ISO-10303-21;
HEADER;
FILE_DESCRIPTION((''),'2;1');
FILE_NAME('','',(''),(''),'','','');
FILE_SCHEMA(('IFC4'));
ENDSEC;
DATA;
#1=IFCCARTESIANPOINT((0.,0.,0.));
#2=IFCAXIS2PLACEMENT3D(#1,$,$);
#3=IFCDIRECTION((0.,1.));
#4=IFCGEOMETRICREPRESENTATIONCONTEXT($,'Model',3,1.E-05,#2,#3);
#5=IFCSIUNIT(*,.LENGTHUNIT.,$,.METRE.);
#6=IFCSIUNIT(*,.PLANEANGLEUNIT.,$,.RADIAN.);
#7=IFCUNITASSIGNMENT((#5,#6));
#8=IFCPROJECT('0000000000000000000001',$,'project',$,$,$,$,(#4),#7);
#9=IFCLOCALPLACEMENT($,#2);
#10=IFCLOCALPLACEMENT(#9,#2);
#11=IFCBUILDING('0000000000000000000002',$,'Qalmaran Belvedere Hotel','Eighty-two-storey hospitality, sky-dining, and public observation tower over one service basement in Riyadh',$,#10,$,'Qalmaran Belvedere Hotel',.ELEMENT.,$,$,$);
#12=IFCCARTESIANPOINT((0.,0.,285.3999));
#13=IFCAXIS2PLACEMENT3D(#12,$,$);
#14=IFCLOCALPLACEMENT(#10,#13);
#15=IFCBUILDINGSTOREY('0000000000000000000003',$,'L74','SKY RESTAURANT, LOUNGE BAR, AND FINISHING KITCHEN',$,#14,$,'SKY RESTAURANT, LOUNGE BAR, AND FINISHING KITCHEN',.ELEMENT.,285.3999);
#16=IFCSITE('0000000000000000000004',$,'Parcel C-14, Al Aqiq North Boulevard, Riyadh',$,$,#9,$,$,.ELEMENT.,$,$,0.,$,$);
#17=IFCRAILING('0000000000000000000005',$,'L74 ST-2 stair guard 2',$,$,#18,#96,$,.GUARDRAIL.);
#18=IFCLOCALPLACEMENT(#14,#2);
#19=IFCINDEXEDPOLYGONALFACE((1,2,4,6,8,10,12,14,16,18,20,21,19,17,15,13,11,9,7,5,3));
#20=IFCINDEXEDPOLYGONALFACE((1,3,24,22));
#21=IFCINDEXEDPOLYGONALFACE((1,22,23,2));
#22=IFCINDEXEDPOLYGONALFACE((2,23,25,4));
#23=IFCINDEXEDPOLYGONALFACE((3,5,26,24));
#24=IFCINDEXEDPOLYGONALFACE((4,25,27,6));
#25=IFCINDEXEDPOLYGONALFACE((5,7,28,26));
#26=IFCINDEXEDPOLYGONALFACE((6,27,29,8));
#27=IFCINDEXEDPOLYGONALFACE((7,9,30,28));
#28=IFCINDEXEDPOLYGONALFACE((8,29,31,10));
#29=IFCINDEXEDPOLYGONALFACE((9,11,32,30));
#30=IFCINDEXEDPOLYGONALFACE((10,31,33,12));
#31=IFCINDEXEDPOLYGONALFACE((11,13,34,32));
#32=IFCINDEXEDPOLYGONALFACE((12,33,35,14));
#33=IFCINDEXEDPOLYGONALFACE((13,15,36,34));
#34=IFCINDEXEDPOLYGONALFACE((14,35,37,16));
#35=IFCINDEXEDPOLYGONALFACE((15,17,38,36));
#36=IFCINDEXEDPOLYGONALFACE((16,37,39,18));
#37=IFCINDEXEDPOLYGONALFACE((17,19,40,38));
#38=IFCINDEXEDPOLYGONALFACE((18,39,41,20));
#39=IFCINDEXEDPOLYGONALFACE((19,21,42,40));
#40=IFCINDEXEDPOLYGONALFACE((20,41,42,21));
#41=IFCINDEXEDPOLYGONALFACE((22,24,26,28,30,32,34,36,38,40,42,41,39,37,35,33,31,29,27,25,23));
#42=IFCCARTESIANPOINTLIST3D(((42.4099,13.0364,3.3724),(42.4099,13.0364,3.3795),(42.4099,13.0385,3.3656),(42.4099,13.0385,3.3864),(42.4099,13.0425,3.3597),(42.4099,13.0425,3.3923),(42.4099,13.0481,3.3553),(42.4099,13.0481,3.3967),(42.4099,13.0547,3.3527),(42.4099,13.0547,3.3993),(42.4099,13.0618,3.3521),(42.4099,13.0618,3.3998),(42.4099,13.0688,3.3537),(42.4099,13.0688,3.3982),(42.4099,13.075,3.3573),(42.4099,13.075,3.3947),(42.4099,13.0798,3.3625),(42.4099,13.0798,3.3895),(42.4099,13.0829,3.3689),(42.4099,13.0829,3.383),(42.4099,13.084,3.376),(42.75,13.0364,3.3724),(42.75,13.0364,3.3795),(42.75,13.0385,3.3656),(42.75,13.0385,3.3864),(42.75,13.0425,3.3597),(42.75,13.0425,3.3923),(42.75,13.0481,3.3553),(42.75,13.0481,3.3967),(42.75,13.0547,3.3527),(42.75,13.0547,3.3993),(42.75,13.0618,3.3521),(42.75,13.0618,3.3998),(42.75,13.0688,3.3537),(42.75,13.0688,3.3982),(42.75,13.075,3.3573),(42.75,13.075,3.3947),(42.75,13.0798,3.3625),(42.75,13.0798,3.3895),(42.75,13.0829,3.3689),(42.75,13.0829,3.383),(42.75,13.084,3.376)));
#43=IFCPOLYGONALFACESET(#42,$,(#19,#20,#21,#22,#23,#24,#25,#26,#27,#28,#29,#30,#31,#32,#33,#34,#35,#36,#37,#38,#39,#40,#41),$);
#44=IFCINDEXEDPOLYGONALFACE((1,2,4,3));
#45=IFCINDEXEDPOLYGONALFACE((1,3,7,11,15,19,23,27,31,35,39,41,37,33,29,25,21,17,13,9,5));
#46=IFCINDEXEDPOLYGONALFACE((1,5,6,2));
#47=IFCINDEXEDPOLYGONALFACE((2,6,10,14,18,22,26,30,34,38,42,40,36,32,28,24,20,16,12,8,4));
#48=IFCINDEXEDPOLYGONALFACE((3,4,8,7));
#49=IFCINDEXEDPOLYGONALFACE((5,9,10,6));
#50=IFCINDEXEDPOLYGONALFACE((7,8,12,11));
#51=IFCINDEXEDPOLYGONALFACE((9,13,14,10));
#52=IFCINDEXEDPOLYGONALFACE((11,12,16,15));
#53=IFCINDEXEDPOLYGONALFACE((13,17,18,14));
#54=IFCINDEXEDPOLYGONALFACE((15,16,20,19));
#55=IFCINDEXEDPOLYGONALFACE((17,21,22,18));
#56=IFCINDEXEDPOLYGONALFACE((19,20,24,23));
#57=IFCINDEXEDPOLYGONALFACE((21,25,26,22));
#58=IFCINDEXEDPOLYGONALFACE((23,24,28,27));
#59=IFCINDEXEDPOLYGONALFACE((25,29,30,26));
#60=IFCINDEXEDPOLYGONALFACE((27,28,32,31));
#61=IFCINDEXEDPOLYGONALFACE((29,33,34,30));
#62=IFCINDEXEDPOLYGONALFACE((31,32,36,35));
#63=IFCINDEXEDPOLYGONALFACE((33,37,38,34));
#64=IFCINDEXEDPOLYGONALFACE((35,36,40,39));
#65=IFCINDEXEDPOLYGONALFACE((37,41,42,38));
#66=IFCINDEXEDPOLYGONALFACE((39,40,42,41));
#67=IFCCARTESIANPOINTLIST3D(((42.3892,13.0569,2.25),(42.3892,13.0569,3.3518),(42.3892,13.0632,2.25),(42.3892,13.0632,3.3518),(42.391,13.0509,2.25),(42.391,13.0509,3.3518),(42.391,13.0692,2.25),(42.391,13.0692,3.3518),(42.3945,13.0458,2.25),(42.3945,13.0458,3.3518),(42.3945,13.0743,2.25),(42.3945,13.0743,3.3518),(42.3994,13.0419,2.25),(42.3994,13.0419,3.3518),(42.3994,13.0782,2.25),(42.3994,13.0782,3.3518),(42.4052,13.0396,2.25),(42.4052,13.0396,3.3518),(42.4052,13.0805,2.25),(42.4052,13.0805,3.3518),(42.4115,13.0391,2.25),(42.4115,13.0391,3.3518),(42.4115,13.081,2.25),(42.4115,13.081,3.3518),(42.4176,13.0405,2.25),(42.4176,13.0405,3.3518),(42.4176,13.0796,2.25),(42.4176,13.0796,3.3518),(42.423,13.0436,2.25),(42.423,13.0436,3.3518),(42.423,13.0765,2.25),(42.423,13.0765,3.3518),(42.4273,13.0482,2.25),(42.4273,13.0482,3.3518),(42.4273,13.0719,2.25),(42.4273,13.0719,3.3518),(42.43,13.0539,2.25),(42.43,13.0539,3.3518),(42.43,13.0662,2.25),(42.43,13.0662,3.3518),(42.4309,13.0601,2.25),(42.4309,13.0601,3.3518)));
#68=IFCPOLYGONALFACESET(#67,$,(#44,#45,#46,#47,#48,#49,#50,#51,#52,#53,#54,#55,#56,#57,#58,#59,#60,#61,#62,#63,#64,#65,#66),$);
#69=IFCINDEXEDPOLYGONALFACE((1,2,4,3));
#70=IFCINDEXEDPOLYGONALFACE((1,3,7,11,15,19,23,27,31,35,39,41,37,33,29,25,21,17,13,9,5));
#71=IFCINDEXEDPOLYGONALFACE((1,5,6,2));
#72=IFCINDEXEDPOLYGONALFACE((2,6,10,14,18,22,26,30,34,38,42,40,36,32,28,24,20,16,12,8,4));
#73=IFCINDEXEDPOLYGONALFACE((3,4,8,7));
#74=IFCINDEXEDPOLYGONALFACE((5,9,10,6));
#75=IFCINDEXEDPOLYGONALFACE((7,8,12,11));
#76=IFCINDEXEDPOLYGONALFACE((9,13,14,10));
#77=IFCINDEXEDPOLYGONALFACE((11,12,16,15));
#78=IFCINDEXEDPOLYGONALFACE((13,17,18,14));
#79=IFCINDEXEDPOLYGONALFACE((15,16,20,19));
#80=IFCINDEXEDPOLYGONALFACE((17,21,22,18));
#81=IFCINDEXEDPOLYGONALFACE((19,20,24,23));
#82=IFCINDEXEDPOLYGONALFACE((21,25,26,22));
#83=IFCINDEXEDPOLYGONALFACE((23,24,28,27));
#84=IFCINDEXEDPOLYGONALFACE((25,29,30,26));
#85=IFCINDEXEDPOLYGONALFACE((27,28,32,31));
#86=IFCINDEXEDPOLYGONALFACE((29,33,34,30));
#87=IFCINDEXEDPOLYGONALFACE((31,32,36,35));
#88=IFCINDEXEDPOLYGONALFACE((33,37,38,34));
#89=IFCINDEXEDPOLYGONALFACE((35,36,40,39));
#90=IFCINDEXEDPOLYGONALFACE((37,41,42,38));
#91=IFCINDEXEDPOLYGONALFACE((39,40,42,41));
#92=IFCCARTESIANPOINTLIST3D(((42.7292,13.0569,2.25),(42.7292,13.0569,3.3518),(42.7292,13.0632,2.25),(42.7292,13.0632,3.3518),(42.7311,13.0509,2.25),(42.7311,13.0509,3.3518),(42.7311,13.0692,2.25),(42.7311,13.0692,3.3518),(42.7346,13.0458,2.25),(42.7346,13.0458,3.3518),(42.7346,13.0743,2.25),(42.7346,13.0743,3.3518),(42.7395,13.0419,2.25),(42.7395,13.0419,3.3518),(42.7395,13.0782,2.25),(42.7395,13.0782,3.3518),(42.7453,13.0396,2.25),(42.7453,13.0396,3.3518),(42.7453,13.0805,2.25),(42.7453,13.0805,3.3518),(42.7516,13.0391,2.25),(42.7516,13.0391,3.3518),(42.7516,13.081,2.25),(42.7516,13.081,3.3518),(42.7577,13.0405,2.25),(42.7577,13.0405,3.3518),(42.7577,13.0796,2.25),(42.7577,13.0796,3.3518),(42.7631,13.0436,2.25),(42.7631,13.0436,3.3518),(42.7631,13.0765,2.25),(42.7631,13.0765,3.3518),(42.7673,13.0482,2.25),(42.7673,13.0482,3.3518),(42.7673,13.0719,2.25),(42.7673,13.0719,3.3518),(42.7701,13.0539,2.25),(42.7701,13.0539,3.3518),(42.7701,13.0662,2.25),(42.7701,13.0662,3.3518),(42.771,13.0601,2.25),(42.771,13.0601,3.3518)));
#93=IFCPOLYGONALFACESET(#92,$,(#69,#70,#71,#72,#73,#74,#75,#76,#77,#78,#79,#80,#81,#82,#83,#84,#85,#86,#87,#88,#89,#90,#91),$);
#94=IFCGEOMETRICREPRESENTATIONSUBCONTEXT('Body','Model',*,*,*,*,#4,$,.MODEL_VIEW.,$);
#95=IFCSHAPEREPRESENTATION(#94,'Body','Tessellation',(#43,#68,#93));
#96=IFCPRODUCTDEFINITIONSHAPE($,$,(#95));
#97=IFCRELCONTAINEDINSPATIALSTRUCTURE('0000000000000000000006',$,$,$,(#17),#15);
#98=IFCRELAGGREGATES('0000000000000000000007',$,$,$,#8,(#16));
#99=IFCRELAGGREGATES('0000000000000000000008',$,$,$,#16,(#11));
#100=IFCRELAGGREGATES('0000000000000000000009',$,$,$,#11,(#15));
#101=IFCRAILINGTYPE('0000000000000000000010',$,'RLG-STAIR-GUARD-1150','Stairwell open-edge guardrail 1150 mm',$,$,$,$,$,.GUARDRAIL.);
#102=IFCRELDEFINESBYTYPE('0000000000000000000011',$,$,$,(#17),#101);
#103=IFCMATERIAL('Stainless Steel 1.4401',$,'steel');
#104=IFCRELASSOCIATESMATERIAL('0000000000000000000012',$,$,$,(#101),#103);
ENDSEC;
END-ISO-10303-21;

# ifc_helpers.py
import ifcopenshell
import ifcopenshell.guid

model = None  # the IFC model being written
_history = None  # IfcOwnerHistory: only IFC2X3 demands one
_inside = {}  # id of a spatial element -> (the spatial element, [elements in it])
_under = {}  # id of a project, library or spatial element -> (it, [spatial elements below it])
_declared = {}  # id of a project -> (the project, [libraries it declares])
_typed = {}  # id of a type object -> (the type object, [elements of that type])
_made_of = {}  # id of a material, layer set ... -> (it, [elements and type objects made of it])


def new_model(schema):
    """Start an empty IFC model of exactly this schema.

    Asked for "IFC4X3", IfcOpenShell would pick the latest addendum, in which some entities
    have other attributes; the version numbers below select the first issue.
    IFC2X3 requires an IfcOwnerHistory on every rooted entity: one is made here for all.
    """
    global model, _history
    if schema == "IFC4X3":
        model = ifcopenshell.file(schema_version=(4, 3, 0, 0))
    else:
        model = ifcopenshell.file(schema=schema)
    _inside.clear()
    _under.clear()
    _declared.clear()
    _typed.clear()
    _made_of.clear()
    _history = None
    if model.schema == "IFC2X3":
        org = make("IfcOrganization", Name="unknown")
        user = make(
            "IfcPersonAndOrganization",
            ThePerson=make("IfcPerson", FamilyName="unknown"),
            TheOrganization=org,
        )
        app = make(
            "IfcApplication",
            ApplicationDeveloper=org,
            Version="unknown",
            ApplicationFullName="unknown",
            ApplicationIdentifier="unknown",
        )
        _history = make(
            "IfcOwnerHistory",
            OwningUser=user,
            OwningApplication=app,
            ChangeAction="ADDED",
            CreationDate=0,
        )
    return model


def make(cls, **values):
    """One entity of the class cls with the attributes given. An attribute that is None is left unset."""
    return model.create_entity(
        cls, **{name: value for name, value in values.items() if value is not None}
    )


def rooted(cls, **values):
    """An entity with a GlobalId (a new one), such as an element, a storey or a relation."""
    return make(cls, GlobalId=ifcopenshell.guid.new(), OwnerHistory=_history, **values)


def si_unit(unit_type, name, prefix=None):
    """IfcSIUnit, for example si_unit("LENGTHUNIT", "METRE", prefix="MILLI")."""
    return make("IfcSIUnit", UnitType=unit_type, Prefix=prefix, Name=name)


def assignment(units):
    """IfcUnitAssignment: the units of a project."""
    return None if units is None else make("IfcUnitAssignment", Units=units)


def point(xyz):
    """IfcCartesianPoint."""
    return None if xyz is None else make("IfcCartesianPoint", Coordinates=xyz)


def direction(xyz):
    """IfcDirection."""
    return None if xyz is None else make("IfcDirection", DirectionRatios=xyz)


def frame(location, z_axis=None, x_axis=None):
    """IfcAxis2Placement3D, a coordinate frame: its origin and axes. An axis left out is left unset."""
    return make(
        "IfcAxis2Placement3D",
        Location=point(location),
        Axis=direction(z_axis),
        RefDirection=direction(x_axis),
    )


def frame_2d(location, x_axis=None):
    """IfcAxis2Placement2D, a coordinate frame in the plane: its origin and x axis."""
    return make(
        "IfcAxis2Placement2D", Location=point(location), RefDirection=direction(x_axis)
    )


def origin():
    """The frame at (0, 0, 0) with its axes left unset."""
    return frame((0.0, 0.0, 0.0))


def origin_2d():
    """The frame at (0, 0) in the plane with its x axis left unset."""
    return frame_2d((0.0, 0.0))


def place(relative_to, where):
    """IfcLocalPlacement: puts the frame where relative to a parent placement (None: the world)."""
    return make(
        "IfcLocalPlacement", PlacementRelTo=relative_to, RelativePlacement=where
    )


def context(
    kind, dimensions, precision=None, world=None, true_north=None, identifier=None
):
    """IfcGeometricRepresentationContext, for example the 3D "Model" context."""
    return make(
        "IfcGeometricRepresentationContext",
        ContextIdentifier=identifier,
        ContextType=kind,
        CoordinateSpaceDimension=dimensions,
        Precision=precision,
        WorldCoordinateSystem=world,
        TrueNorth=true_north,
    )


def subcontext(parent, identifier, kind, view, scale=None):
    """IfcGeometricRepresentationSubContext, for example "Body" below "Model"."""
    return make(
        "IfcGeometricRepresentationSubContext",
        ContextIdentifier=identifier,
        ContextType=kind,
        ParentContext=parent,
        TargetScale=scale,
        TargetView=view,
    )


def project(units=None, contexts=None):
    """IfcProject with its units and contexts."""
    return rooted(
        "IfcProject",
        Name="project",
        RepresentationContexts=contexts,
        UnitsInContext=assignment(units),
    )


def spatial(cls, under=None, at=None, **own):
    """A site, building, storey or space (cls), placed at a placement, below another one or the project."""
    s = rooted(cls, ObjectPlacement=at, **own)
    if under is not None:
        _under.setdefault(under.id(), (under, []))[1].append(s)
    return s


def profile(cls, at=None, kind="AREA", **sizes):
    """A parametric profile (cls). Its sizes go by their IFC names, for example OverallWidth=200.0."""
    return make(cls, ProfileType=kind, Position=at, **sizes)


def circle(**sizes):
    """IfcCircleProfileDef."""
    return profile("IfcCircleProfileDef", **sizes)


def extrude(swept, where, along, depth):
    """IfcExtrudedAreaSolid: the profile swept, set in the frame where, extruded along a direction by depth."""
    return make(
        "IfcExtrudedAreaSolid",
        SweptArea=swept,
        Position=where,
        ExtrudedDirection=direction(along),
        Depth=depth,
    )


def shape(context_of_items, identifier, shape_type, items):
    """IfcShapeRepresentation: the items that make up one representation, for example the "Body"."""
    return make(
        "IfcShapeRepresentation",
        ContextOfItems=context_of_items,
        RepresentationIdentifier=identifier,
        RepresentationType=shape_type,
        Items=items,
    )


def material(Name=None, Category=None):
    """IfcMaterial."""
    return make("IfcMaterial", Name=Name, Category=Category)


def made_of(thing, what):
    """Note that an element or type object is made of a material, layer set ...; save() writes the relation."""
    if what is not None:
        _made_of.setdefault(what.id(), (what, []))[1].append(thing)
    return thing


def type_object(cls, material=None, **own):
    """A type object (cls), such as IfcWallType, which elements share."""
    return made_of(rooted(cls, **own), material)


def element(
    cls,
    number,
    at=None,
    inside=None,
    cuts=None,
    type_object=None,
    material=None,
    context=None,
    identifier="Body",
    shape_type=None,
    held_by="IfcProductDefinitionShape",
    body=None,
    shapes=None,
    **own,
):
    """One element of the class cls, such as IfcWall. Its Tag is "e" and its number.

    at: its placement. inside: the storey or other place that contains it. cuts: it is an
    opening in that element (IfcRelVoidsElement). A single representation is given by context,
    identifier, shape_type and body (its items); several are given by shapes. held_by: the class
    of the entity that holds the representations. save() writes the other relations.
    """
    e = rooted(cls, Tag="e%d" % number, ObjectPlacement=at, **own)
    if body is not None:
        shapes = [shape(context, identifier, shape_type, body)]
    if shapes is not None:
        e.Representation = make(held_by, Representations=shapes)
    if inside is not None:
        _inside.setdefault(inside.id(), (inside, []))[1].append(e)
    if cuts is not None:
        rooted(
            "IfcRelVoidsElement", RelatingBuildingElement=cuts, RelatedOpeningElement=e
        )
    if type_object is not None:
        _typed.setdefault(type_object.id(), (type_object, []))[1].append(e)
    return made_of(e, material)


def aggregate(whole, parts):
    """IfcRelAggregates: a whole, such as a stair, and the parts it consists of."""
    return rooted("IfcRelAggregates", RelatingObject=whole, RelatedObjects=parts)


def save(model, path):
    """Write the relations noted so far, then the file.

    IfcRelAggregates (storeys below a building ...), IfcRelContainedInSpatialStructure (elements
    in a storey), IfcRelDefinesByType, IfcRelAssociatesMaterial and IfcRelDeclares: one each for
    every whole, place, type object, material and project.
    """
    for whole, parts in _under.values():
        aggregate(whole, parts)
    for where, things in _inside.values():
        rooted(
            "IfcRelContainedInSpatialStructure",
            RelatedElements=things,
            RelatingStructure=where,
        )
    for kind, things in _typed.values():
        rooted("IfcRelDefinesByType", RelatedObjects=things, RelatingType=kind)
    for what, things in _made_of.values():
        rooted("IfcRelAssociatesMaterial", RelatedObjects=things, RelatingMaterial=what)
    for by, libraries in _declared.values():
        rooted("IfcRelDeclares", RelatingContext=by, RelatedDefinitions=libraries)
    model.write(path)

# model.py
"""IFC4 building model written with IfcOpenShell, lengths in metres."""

from ifc_helpers import new_model, si_unit, direction, frame, origin, origin_2d, place, context, subcontext, project, spatial, circle, extrude, material, type_object, element, save


model = new_model("IFC4")

# Units and contexts
model_context = context("Model", 3, precision=1e-05, world=origin(), true_north=direction((0.0, 1.0)))
body_context = subcontext(model_context, "Body", "Model", "MODEL_VIEW")
ifc_project = project(units=[si_unit("LENGTHUNIT", "METRE"), si_unit("PLANEANGLEUNIT", "RADIAN")], contexts=[model_context])

# Site, building, storey
site_placement = place(None, origin())
site = spatial("IfcSite", under=ifc_project, at=site_placement, Name="Parcel C-14, Al Aqiq North Boulevard, Riyadh", CompositionType="ELEMENT", RefElevation=0.0)
building_placement = place(site_placement, origin())
building = spatial("IfcBuilding", under=site, at=building_placement, Name="Qalmaran Belvedere Hotel", Description="Eighty-two-storey hospitality, sky-dining, and public observation tower over one service basement in Riyadh", LongName="Qalmaran Belvedere Hotel", CompositionType="ELEMENT")
storey_placement = place(building_placement, frame((0.0, 0.0, 285.3999)))
storey = spatial("IfcBuildingStorey", under=building, at=storey_placement, Name="L74", Description="SKY RESTAURANT, LOUNGE BAR, AND FINISHING KITCHEN", LongName="SKY RESTAURANT, LOUNGE BAR, AND FINISHING KITCHEN", CompositionType="ELEMENT", Elevation=285.3999)

# Railing
ifc_material_1 = material(Name="Stainless Steel 1.4401", Category="steel")
railing_type_1 = type_object("IfcRailingType", Name="RLG-STAIR-GUARD-1150", Description="Stairwell open-edge guardrail 1150 mm", PredefinedType="GUARDRAIL", material=ifc_material_1)
railing_1_placement = place(storey_placement, frame((42.4099, 13.0601, 2.25)))
element("IfcRailing", 1, at=railing_1_placement, inside=storey, type_object=railing_type_1, Name="L74 ST-2 stair guard 2", PredefinedType="GUARDRAIL", context=body_context, shape_type="SweptSolid", body=[
    extrude(circle(Radius=0.0239, at=origin_2d()), frame((0.0, 0.0, 1.126), z_axis=(1.0, 0.0, 0.0), x_axis=(0.0, 1.0, 0.0)), (0.0, 0.0, 1.0), 0.3401),
    extrude(circle(Radius=0.021, at=origin_2d()), origin(), (0.0, 0.0, 1.0), 1.1018),
    extrude(circle(Radius=0.021, at=origin_2d()), frame((0.3401, 0.0, 0.0)), (0.0, 0.0, 1.0), 1.1018),
])

save(model, "model.ifc")
